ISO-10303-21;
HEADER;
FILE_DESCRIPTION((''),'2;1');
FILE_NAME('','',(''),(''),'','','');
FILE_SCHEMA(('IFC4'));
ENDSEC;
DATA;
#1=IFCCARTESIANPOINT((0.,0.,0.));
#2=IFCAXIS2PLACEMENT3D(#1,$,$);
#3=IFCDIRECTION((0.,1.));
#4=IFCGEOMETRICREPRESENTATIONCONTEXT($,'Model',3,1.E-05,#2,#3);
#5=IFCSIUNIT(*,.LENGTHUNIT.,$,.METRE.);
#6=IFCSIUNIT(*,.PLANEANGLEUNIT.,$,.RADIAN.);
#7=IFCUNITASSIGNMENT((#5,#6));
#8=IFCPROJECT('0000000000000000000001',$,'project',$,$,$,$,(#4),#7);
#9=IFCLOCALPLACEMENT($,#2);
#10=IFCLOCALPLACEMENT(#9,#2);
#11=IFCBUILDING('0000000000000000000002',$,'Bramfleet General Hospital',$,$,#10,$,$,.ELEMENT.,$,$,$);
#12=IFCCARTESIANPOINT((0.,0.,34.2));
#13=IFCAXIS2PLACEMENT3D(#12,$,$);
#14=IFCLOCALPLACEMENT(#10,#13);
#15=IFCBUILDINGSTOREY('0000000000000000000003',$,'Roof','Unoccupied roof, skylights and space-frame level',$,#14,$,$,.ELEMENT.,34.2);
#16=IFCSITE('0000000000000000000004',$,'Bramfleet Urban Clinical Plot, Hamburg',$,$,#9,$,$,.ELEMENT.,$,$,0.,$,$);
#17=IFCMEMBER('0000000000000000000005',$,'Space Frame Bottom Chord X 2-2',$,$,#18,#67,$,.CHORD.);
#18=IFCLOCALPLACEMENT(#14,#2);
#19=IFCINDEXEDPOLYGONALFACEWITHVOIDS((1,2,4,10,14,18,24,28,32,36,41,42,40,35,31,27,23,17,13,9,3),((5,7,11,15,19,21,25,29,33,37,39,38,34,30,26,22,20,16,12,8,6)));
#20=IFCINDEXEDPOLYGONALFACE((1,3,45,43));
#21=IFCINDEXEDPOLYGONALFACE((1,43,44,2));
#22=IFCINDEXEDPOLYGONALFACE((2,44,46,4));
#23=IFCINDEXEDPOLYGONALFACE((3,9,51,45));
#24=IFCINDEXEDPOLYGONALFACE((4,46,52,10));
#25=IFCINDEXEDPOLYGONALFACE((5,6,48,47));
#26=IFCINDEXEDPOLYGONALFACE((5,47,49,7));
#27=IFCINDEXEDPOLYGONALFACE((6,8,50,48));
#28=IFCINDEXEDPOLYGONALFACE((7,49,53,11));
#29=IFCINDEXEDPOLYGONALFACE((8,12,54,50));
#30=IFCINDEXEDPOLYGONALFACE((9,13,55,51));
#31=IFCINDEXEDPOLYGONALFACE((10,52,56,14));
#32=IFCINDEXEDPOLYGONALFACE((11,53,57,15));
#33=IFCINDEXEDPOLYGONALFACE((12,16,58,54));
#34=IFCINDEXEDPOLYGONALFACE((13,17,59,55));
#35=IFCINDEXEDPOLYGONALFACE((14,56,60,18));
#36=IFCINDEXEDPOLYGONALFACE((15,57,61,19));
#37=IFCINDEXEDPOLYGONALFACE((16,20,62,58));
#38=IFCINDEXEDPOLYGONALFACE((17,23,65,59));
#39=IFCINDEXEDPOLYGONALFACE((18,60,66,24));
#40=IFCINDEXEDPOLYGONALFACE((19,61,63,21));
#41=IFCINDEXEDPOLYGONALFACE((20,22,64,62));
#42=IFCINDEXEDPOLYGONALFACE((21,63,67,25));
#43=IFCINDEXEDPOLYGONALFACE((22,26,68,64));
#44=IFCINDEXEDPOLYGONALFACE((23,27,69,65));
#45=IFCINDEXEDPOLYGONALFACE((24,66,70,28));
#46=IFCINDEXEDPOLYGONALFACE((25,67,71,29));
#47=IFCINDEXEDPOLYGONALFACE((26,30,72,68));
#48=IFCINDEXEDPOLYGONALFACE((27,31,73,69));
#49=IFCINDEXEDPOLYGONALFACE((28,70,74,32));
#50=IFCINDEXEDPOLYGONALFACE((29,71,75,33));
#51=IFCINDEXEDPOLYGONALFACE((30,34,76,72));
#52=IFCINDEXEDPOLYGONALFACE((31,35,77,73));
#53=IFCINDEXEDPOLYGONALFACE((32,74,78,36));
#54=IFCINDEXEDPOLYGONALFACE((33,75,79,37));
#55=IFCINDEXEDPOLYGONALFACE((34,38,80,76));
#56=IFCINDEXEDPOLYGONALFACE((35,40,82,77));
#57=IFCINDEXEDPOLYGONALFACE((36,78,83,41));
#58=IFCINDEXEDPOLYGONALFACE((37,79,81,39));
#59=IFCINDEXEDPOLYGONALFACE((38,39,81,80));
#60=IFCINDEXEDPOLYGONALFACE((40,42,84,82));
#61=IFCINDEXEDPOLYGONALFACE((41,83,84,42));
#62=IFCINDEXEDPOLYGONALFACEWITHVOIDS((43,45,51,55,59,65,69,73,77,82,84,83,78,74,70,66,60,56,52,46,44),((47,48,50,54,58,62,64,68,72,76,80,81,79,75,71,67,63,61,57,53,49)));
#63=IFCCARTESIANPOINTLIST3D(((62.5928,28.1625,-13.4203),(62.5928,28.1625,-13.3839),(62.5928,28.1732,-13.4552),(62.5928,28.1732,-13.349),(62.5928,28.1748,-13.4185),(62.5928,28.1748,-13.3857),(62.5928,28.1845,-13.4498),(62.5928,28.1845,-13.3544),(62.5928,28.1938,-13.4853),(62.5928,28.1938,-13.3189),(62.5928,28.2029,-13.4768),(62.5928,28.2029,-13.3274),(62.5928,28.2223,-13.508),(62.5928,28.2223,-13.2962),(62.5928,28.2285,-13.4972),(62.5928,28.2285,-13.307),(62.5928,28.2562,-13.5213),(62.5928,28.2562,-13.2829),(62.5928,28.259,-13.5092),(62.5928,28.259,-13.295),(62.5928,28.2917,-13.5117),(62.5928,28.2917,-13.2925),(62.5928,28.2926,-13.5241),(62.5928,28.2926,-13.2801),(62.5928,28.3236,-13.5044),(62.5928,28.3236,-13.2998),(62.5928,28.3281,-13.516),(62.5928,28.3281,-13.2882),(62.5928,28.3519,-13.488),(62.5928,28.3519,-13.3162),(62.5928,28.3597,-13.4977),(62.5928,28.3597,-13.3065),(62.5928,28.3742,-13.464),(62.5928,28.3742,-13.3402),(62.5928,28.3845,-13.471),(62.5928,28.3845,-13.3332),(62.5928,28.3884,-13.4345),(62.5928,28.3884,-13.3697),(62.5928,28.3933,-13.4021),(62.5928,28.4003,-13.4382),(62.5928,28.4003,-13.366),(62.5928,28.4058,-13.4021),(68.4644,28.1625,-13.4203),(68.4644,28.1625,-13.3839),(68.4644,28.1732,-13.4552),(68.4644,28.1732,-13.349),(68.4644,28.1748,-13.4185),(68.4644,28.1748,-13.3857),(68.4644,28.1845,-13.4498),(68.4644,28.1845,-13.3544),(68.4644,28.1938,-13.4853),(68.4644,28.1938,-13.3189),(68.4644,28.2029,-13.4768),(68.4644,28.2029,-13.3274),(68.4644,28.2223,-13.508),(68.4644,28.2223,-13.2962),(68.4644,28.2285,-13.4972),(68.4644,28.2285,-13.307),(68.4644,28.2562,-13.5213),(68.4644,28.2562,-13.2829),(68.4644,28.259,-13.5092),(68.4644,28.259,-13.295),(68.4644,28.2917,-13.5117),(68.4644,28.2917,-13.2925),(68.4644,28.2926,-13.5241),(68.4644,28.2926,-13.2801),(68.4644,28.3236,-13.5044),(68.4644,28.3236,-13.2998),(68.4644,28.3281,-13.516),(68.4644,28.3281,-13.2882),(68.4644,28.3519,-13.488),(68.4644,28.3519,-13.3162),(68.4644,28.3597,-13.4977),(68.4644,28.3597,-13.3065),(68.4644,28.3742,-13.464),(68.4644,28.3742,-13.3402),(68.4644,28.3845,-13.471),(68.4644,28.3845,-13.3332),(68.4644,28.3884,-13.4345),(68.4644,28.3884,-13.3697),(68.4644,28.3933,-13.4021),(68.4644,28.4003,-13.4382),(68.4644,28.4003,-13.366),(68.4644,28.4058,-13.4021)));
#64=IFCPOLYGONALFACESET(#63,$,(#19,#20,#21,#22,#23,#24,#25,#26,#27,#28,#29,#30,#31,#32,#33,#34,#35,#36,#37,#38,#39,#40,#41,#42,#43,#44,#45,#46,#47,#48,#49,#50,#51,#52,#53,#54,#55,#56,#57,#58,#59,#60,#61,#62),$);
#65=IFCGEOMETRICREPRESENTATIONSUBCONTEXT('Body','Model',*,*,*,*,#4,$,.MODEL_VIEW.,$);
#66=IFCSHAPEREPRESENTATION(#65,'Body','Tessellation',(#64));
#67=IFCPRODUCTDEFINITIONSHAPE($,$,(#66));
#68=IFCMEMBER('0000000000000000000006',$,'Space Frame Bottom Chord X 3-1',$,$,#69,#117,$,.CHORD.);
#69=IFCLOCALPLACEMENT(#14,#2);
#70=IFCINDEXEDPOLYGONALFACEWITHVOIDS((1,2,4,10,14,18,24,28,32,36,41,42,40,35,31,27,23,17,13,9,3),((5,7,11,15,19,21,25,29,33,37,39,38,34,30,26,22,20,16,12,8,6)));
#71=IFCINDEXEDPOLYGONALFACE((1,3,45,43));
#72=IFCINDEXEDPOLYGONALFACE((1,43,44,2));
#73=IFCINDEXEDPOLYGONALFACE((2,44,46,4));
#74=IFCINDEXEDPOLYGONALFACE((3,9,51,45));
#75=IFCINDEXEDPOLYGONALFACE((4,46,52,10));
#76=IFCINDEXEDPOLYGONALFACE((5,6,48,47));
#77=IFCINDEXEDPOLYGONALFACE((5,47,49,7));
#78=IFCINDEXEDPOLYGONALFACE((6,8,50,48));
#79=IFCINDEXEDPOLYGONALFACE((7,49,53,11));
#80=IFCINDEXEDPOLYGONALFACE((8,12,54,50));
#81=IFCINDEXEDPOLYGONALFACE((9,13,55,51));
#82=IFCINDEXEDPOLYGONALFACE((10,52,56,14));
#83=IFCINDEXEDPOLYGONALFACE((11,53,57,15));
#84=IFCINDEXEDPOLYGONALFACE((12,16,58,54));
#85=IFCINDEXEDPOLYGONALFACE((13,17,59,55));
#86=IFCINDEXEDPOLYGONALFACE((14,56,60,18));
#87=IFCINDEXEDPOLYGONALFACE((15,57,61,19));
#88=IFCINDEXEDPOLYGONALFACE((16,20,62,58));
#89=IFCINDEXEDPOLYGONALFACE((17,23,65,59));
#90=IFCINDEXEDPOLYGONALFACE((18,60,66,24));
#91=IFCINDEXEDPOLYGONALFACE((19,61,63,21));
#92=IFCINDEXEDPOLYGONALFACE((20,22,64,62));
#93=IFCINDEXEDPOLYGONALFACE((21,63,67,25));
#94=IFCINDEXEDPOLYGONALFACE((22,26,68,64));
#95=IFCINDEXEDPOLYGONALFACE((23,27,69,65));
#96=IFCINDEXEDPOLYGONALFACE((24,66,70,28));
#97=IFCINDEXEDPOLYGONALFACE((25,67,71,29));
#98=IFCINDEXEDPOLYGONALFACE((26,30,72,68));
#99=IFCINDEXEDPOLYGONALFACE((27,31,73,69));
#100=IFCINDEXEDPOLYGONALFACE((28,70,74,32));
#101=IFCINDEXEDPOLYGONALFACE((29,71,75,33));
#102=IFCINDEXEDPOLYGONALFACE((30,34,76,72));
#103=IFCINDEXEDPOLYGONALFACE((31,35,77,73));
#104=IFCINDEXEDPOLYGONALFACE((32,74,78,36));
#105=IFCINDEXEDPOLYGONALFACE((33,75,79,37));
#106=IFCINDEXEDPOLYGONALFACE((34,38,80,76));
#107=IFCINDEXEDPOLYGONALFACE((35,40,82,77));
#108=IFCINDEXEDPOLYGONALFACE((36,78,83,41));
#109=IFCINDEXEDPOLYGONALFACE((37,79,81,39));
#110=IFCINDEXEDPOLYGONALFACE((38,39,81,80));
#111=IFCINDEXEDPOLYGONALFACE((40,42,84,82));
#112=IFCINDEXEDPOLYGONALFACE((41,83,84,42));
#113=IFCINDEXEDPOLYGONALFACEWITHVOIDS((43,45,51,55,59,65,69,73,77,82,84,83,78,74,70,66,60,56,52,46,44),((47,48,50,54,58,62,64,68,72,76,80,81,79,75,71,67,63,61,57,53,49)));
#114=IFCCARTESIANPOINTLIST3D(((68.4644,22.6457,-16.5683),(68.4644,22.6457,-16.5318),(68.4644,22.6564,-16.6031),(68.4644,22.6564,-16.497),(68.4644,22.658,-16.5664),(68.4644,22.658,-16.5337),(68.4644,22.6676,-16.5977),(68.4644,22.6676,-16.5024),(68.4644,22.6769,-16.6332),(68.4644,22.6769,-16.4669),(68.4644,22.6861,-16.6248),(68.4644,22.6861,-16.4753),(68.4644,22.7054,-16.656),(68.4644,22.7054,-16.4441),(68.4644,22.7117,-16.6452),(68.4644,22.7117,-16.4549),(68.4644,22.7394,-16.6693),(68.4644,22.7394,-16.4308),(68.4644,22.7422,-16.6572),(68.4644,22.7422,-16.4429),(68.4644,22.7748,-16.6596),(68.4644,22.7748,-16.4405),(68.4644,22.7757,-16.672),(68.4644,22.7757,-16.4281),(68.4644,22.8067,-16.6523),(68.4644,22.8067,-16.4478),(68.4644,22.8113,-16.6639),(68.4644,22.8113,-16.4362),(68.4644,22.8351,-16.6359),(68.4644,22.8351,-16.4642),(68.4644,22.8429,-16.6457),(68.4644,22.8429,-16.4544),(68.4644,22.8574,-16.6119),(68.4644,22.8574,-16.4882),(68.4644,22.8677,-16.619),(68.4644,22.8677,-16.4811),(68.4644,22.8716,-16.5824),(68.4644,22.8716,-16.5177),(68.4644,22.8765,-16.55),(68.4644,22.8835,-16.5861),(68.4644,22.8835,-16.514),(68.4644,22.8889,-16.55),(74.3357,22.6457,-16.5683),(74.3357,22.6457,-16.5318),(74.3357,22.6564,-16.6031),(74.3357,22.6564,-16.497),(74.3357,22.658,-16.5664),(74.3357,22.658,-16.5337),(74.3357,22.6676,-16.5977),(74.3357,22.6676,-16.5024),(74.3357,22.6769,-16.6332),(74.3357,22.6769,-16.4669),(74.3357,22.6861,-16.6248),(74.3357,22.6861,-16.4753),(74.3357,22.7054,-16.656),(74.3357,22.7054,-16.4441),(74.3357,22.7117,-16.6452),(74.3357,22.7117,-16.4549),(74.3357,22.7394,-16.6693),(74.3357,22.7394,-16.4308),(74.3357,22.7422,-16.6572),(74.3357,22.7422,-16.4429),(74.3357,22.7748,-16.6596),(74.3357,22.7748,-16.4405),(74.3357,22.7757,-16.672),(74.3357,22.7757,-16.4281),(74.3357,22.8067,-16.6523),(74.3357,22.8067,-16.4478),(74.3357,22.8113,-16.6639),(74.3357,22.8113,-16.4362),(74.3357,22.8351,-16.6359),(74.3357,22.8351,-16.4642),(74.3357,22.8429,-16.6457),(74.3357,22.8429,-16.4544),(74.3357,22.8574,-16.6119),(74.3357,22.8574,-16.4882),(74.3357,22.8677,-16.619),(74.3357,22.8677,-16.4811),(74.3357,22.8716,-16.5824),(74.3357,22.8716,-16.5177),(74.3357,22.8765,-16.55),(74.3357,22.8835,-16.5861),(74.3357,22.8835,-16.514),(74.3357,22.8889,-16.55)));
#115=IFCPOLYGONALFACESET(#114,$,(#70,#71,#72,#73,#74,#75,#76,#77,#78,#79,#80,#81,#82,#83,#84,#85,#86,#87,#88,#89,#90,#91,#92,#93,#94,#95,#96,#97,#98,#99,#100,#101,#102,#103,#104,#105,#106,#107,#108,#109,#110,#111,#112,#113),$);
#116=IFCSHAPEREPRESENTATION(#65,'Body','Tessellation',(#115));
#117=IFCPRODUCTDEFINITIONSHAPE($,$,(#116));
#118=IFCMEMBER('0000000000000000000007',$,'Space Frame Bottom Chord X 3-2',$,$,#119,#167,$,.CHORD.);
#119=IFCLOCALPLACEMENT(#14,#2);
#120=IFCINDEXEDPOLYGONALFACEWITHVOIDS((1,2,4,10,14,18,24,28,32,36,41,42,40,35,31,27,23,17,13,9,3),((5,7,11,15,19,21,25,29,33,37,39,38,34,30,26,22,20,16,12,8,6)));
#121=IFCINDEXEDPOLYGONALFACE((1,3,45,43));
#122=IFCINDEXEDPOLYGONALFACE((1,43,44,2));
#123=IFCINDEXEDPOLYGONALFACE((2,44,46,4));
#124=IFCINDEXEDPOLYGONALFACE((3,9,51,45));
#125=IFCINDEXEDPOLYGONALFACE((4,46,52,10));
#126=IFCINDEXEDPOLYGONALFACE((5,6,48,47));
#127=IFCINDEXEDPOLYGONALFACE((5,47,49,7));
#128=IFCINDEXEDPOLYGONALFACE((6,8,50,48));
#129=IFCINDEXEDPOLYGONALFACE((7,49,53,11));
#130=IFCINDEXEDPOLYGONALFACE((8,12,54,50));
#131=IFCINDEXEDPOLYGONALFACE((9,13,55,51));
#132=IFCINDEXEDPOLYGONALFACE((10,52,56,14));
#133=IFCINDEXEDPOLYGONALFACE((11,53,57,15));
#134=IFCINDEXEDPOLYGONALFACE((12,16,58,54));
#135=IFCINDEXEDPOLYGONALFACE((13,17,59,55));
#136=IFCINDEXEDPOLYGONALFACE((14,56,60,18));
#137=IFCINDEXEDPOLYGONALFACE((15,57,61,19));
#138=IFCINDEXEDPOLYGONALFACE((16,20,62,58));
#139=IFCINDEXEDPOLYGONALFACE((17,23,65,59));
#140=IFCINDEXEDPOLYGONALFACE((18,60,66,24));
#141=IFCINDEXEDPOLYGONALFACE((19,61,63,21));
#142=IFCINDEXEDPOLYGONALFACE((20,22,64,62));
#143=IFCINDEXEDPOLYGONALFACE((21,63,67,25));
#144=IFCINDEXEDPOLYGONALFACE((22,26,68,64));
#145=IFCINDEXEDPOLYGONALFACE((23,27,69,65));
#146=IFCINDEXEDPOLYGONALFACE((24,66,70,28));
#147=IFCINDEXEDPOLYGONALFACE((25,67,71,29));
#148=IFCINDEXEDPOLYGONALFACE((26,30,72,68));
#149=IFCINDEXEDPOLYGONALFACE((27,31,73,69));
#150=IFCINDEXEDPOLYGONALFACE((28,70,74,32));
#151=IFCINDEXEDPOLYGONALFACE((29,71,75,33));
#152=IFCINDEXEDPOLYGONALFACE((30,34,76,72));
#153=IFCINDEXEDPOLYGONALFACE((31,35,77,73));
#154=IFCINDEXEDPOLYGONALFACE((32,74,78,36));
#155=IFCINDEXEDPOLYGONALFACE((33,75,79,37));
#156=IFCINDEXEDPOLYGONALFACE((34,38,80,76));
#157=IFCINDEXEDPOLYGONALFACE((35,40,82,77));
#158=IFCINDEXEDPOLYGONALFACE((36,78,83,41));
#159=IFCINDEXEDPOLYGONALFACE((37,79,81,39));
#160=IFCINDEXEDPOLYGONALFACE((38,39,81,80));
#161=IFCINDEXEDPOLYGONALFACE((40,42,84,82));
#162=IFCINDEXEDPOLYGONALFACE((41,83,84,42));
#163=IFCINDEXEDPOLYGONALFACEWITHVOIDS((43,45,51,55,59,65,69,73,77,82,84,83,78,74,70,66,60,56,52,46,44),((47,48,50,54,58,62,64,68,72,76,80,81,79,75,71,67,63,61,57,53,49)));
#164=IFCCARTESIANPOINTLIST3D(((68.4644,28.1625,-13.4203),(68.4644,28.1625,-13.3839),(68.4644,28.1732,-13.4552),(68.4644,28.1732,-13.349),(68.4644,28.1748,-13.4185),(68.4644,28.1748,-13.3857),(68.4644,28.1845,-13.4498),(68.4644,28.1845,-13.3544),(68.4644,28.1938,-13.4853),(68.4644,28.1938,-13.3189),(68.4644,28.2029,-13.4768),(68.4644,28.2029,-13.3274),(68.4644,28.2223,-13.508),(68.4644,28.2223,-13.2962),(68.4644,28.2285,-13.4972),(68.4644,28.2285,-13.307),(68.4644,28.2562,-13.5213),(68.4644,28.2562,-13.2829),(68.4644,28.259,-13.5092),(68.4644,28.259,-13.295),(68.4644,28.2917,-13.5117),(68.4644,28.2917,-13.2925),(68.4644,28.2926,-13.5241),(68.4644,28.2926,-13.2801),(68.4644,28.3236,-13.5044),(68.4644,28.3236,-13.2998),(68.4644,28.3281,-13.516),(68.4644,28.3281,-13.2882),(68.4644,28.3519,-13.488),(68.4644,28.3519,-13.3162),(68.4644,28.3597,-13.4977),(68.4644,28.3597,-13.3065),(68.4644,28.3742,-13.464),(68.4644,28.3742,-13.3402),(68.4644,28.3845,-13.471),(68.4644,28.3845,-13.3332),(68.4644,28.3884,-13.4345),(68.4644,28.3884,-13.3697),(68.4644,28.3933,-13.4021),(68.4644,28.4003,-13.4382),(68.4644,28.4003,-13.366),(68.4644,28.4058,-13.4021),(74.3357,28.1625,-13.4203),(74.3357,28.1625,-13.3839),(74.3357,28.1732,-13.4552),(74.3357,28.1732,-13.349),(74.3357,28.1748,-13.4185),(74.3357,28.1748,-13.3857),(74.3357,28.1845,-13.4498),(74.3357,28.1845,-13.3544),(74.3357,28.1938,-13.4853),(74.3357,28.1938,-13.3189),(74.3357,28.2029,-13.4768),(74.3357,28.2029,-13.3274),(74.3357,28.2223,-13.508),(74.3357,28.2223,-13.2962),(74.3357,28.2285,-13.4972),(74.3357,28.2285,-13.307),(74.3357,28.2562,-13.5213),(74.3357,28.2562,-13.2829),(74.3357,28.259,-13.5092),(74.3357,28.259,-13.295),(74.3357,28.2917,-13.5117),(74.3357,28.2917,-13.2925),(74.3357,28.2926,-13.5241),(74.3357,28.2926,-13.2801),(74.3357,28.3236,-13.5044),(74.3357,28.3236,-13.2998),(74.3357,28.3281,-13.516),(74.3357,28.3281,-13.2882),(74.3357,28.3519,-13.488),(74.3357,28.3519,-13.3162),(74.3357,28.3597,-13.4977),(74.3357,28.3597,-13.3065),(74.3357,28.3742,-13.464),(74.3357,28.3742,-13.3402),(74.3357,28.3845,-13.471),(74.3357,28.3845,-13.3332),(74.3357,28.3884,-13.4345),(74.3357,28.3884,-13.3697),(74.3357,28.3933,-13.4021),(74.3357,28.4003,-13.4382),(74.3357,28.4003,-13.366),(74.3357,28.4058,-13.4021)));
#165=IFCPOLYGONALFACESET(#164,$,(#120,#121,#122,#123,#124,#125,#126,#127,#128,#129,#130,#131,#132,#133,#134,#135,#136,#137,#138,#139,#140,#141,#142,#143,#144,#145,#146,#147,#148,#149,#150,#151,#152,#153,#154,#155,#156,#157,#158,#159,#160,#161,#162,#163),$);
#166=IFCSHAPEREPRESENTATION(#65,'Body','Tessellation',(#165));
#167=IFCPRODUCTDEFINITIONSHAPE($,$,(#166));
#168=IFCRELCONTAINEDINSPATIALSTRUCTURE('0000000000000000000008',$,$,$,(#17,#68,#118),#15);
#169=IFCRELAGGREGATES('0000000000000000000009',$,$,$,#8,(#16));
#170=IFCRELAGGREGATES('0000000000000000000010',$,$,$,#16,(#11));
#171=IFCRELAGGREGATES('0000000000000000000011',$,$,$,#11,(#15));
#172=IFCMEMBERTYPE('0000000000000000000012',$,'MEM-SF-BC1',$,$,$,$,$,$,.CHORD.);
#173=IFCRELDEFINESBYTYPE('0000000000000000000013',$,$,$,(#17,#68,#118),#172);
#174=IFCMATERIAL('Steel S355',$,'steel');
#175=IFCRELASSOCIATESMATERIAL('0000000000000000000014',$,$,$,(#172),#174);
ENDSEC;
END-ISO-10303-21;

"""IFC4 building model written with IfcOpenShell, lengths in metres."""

from ifc_helpers import new_model, si_unit, direction, frame, origin, origin_2d, place, context, subcontext, project, spatial, hollow_circle, extrude, material, material_profile, profile_set, type_object, element, save


model = new_model("IFC4")

# Units and contexts
model_context = context("Model", 3, precision=1e-05, world=origin(), true_north=direction((0.0, 1.0)))
body_context = subcontext(model_context, "Body", "Model", "MODEL_VIEW")
ifc_project = project(units=[si_unit("LENGTHUNIT", "METRE"), si_unit("PLANEANGLEUNIT", "RADIAN")], contexts=[model_context])

# Site, building, storey
site_placement = place(None, origin())
site = spatial("IfcSite", under=ifc_project, at=site_placement, Name="Bramfleet Urban Clinical Plot, Hamburg", CompositionType="ELEMENT", RefElevation=0.0)
building_placement = place(site_placement, origin())
building = spatial("IfcBuilding", under=site, at=building_placement, Name="Bramfleet General Hospital", CompositionType="ELEMENT")
storey_placement = place(building_placement, frame((0.0, 0.0, 34.2)))
storey = spatial("IfcBuildingStorey", under=building, at=storey_placement, Name="Roof", Description="Unoccupied roof, skylights and space-frame level", CompositionType="ELEMENT", Elevation=34.2)

# Members
ifc_material = material(Name="Steel S355", Category="steel")
ifc_material_profile_1 = material_profile(ifc_material, hollow_circle(Radius=0.1223, WallThickness=0.0125, at=origin_2d()), Name="CHS 244.5x12.5")
ifc_profile_set_1 = profile_set([ifc_material_profile_1], Name="Steel S355")
member_type_1 = type_object("IfcMemberType", Name="MEM-SF-BC1", PredefinedType="CHORD", material=ifc_profile_set_1)
member_1_placement = place(storey_placement, frame((62.5928, 28.2834, -13.4021), z_axis=(1.0, 0.0, 0.0), x_axis=(0.0, 1.0, 0.0)))
element("IfcMember", 1, at=member_1_placement, inside=storey, type_object=member_type_1, Name="Space Frame Bottom Chord X 2-2", PredefinedType="CHORD", context=body_context, shape_type="SweptSolid", body=[
    extrude(hollow_circle(Radius=0.1223, WallThickness=0.0125, at=origin_2d()), origin(), (0.0, 0.0, 1.0), 5.8716),
])
for number, where, z_axis, x_axis, name in (
    (2, (68.4644, 22.7666, -16.55), (1.0, 0.0, 0.0), (0.0, 1.0, 0.0), "Space Frame Bottom Chord X 3-1"),
    (3, (68.4644, 28.2834, -13.4021), (1.0, 0.0, 0.0), (0.0, 1.0, 0.0), "Space Frame Bottom Chord X 3-2"),
):
    element("IfcMember", number, at=place(storey_placement, frame(where, z_axis=z_axis, x_axis=x_axis)), inside=storey, type_object=member_type_1, Name=name, PredefinedType="CHORD", context=body_context, shape_type="SweptSolid", body=[
        extrude(hollow_circle(Radius=0.1223, WallThickness=0.0125, at=origin_2d()), origin(), (0.0, 0.0, 1.0), 5.8713),
    ])

save(model, "model.ifc")
